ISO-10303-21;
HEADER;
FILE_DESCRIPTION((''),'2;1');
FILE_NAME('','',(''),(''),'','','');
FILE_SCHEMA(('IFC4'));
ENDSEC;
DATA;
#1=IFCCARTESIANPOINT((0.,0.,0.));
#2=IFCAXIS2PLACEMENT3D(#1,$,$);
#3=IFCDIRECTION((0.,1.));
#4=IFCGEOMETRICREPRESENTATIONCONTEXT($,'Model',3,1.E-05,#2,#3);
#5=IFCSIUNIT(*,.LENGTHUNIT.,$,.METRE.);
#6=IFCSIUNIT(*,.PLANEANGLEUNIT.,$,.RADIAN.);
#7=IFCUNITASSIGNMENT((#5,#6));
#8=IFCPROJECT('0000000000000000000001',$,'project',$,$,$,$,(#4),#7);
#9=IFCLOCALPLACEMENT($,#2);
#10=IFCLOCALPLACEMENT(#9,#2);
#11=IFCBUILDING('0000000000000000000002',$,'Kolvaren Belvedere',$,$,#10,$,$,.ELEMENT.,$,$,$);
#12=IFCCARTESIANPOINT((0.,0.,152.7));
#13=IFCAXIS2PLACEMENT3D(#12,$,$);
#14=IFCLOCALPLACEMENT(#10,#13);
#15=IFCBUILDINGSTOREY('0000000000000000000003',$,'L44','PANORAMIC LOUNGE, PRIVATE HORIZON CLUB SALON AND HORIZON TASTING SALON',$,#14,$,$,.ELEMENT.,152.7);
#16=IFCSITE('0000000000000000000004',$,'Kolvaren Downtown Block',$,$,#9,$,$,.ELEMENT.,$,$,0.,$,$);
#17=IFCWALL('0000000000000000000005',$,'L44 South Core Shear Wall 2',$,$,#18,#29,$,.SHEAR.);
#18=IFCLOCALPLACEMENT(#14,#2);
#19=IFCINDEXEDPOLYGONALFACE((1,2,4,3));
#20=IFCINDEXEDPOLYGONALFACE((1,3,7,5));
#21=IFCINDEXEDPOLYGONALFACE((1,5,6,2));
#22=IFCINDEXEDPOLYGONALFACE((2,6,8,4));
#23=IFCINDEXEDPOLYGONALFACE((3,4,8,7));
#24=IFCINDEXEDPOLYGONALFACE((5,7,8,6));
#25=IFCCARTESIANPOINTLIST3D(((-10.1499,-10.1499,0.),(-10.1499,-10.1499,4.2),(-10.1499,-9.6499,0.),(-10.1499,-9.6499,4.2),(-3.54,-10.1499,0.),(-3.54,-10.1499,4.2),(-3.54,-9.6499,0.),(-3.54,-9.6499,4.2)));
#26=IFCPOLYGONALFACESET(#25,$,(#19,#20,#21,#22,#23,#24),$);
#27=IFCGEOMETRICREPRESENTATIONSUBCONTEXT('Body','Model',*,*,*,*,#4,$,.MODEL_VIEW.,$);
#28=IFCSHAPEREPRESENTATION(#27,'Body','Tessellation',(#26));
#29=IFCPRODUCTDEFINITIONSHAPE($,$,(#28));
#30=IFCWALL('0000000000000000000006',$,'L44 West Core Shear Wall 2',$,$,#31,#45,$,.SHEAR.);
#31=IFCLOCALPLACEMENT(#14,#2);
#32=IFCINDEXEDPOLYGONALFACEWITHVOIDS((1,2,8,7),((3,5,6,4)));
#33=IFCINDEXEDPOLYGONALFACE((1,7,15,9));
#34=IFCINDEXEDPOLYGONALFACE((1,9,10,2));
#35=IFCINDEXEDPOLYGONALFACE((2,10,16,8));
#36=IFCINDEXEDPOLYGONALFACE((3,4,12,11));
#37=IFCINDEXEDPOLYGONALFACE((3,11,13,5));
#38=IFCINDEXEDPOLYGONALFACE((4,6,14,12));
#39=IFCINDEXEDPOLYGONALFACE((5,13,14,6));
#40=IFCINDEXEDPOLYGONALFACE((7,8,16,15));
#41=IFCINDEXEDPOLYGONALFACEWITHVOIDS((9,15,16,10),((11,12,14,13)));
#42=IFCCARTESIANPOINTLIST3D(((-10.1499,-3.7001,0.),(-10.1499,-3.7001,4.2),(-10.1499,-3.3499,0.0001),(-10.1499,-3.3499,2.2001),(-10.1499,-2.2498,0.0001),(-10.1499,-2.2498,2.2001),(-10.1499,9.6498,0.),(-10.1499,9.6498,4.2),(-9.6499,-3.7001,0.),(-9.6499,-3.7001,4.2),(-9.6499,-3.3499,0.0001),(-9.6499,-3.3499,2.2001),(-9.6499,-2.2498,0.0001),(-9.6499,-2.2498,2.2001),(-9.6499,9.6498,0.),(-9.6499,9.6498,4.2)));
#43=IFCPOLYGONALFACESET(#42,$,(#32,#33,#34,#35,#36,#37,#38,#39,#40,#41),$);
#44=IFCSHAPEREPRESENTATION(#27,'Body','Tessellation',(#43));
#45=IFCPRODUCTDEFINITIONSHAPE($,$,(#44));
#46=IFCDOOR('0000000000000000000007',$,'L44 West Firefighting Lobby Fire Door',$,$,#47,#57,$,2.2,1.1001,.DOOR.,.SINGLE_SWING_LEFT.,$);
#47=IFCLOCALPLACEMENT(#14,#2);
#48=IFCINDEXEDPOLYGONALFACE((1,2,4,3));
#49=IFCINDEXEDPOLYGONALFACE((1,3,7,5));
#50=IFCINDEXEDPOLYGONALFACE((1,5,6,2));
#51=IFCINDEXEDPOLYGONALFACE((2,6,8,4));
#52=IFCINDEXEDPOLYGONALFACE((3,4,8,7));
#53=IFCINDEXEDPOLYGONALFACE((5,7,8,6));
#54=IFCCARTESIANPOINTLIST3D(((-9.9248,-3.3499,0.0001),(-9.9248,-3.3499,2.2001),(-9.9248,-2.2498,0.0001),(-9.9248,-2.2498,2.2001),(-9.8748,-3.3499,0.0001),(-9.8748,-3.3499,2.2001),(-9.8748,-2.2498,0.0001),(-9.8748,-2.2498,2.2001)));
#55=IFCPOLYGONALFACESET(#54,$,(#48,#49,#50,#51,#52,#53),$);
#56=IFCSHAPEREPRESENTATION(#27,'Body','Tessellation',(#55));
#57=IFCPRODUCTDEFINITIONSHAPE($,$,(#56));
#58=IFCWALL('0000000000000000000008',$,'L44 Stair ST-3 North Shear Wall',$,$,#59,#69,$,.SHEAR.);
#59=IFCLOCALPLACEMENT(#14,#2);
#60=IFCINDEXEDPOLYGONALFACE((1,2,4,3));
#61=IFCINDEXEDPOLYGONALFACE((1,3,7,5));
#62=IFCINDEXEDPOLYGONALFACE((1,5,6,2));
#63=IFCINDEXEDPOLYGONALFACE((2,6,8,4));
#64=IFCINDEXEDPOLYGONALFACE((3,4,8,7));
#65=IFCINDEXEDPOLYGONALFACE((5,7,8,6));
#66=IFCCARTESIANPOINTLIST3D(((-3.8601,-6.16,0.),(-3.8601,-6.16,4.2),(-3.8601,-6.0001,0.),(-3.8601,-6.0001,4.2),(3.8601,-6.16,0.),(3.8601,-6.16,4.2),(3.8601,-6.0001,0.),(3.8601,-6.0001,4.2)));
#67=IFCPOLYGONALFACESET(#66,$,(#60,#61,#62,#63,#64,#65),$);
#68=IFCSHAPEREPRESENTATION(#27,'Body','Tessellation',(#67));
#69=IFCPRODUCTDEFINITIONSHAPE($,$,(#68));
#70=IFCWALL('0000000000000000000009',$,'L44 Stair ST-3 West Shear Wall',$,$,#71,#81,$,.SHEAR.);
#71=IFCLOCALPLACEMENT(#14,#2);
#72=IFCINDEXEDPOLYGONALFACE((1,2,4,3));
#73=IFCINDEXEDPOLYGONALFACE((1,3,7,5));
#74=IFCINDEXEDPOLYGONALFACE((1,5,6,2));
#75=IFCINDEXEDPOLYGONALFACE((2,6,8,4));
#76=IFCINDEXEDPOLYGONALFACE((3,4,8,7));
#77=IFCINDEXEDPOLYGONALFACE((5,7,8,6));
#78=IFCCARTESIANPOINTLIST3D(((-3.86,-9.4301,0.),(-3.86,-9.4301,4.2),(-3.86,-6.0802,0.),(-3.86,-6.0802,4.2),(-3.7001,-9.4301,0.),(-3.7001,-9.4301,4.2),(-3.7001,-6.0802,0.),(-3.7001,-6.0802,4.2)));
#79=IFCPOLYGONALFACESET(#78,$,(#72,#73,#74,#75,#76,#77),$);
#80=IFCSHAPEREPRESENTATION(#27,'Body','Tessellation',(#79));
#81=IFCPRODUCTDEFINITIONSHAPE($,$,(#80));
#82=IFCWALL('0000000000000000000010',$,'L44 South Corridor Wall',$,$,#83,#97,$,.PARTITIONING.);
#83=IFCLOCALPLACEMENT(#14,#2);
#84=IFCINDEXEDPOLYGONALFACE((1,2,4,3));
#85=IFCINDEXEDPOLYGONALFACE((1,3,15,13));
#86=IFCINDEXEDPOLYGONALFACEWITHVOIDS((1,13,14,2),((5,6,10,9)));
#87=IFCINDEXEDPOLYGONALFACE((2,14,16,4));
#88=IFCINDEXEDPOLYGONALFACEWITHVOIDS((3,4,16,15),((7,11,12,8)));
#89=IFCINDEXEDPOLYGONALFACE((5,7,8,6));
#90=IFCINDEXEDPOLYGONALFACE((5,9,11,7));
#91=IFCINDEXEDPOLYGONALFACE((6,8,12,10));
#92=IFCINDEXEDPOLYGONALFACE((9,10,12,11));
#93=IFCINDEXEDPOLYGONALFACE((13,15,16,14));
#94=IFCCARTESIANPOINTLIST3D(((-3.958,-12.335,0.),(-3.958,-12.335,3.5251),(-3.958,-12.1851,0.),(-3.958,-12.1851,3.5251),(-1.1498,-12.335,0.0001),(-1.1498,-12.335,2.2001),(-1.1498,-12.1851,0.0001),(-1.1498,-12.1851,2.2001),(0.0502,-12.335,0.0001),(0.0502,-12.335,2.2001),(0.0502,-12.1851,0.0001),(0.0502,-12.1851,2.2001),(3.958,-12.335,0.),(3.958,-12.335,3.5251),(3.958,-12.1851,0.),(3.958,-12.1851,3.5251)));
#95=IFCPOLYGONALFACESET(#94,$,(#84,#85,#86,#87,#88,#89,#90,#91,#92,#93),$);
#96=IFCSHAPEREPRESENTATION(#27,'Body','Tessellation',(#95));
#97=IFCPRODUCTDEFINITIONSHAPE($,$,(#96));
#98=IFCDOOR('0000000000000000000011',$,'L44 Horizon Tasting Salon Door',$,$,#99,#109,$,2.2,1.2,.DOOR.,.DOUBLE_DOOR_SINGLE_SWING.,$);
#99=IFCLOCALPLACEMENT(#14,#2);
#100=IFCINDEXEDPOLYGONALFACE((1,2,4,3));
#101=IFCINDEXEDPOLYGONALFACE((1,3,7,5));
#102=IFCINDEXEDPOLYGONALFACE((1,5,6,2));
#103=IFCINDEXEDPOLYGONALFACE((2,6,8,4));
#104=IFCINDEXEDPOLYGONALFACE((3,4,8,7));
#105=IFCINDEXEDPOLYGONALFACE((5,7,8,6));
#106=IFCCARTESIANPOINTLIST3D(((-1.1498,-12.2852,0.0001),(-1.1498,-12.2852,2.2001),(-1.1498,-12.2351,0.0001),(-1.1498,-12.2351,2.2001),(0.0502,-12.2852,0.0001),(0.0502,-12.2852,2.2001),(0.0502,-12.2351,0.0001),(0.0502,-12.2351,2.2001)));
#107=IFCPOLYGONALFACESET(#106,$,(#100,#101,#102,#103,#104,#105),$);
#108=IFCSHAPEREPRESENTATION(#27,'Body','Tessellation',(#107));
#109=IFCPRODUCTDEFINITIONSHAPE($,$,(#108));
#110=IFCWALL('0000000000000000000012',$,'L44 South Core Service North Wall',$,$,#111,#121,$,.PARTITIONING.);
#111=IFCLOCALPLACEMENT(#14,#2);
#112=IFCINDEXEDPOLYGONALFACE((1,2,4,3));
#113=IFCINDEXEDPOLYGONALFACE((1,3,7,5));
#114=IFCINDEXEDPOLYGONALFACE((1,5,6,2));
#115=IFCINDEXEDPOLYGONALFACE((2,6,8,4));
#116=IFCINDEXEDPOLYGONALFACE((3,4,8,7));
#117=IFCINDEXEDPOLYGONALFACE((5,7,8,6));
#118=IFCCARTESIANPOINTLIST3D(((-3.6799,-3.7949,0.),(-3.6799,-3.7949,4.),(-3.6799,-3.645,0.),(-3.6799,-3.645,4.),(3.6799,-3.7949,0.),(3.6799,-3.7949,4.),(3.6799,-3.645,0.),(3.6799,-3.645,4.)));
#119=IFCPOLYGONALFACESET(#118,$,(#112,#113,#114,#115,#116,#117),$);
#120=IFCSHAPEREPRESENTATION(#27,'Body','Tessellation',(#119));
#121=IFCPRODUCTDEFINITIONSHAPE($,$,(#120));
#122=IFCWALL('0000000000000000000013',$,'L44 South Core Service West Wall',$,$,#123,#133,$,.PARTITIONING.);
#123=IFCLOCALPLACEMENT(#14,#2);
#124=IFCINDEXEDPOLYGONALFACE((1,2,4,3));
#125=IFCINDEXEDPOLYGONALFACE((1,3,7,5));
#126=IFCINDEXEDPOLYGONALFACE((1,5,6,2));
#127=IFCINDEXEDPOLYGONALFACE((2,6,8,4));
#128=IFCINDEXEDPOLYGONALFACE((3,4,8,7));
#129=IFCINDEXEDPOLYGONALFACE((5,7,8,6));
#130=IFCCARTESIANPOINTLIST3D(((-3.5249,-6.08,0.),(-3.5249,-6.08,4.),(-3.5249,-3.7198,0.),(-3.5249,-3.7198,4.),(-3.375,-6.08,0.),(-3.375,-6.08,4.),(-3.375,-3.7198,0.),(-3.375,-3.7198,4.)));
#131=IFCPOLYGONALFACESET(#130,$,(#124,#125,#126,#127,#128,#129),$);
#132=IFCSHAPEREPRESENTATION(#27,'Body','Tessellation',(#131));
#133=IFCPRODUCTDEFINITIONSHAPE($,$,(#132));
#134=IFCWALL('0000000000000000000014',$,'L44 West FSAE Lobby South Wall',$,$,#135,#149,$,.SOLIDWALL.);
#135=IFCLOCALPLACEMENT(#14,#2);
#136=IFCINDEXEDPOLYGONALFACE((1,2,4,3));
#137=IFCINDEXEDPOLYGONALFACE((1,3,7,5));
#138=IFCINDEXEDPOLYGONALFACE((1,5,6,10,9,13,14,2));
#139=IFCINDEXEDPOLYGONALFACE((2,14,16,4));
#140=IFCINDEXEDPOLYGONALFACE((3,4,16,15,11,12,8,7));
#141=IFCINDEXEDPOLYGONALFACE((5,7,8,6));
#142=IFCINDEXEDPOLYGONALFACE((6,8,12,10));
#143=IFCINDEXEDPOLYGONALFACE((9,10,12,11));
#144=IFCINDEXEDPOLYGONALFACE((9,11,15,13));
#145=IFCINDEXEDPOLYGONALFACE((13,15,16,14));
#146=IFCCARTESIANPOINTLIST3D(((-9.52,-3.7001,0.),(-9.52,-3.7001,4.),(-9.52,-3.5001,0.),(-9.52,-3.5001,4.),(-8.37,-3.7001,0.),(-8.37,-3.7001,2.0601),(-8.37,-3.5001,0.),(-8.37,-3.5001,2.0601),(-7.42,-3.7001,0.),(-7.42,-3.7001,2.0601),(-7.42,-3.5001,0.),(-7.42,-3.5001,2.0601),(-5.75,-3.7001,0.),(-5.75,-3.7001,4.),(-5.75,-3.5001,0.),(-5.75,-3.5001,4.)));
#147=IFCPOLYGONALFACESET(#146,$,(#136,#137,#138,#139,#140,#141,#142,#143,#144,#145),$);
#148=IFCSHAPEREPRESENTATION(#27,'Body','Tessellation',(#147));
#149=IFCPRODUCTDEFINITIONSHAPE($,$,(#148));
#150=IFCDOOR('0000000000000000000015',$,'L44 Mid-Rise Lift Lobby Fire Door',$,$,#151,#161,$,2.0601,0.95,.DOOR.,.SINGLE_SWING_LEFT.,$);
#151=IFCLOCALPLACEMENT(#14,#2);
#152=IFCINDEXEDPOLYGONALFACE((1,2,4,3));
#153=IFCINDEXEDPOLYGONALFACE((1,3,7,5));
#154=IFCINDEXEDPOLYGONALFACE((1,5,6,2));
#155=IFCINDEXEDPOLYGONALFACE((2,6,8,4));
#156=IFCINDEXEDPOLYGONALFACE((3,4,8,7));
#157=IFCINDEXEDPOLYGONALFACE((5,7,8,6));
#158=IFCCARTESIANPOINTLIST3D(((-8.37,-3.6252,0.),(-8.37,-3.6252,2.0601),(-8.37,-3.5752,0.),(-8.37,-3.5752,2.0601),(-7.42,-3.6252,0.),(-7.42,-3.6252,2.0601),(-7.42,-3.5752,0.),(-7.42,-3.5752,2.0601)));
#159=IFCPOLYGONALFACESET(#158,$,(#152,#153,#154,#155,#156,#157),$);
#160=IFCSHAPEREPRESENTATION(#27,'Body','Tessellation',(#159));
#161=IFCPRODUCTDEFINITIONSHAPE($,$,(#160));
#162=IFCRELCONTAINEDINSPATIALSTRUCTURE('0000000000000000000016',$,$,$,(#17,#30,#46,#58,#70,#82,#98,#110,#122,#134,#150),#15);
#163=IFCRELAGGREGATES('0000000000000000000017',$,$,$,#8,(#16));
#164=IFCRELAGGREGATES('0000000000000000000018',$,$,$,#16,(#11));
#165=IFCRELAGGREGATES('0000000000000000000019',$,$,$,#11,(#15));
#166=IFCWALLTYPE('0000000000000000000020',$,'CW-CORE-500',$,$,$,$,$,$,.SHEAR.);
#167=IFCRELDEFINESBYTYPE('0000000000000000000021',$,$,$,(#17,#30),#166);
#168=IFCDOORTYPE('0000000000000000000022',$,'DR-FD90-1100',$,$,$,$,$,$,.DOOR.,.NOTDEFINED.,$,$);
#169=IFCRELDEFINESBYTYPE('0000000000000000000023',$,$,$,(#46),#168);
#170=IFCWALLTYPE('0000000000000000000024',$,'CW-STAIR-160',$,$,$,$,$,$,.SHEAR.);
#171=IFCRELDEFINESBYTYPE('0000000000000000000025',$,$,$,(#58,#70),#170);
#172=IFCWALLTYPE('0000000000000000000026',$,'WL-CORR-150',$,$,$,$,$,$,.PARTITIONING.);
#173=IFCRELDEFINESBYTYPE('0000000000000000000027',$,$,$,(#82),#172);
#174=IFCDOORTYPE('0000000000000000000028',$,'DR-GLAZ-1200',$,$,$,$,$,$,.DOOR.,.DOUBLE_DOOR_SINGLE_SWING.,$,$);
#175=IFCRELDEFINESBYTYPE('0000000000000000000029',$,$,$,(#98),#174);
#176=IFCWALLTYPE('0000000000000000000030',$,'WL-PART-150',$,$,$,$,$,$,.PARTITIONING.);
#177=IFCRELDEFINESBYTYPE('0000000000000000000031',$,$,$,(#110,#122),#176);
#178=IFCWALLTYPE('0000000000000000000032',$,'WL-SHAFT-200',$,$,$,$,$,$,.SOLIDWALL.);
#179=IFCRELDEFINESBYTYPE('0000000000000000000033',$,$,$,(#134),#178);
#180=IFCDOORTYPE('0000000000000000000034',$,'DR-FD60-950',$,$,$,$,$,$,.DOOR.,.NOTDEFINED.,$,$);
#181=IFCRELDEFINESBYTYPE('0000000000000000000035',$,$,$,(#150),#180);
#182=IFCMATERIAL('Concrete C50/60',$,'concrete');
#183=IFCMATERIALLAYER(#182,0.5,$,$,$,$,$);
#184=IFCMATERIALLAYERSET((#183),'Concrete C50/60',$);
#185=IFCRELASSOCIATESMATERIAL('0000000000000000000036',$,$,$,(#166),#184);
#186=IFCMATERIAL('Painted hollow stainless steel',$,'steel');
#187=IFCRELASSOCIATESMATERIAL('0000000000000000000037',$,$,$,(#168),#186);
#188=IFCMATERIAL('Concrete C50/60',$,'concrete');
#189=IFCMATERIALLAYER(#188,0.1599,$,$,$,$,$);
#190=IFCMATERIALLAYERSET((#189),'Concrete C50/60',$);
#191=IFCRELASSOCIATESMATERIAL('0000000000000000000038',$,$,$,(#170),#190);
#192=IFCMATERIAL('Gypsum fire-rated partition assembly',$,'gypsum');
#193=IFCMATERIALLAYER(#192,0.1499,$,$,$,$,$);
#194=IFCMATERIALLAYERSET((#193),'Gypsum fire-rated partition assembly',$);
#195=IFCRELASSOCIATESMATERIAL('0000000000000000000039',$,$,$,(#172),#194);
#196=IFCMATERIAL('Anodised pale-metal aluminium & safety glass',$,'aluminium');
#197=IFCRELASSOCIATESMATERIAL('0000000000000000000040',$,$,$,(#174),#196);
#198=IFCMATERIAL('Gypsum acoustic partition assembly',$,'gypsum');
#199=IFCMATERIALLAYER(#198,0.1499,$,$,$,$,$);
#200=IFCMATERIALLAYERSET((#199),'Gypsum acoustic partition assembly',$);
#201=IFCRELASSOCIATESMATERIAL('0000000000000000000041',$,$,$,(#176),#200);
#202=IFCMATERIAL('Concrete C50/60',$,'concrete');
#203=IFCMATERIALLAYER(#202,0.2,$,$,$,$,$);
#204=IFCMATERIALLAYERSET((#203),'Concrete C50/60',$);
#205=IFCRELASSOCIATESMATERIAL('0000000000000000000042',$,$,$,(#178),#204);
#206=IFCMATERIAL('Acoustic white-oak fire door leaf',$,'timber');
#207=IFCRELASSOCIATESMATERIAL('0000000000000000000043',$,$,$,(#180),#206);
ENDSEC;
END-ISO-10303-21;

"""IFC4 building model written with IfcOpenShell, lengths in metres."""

from ifc_helpers import new_model, si_unit, direction, frame, frame_2d, origin, place, context, subcontext, project, spatial, rectangle, extrude, material, layer, layer_set, type_object, element, fill, save


model = new_model("IFC4")

# Units and contexts
model_context = context("Model", 3, precision=1e-05, world=origin(), true_north=direction((0.0, 1.0)))
body_context = subcontext(model_context, "Body", "Model", "MODEL_VIEW")
ifc_project = project(units=[si_unit("LENGTHUNIT", "METRE"), si_unit("PLANEANGLEUNIT", "RADIAN")], contexts=[model_context])

# Site, building, storey
site_placement = place(None, origin())
site = spatial("IfcSite", under=ifc_project, at=site_placement, Name="Kolvaren Downtown Block", CompositionType="ELEMENT", RefElevation=0.0)
building_placement = place(site_placement, origin())
building = spatial("IfcBuilding", under=site, at=building_placement, Name="Kolvaren Belvedere", CompositionType="ELEMENT")
storey_placement = place(building_placement, frame((0.0, 0.0, 152.7)))
storey = spatial("IfcBuildingStorey", under=building, at=storey_placement, Name="L44", Description="PANORAMIC LOUNGE, PRIVATE HORIZON CLUB SALON AND HORIZON TASTING SALON", CompositionType="ELEMENT", Elevation=152.7)

# Wall
ifc_material_1 = material(Name="Concrete C50/60", Category="concrete")
ifc_layer_1 = layer(ifc_material_1, 0.5)
ifc_layer_set_1 = layer_set([ifc_layer_1], Name="Concrete C50/60")
wall_type_1 = type_object("IfcWallType", Name="CW-CORE-500", PredefinedType="SHEAR", material=ifc_layer_set_1)
wall_1_placement = place(storey_placement, frame((-3.54, -9.8999, 0.0), z_axis=(0.0, 0.0, 1.0), x_axis=(-1.0, 0.0, 0.0)))
element("IfcWall", 1, at=wall_1_placement, inside=storey, type_object=wall_type_1, Name="L44 South Core Shear Wall 2", PredefinedType="SHEAR", context=body_context, shape_type="SweptSolid", body=[
    extrude(rectangle(XDim=6.6099, YDim=0.5, at=frame_2d((3.3049, 0.0))), origin(), (0.0, 0.0, 1.0), 4.2),
])

# Wall, opening, door
wall_2_placement = place(storey_placement, frame((-9.8999, -3.7, 0.0), z_axis=(0.0, 0.0, 1.0), x_axis=(0.0, 1.0, 0.0)))
wall_2 = element("IfcWall", 2, at=wall_2_placement, inside=storey, type_object=wall_type_1, Name="L44 West Core Shear Wall 2", PredefinedType="SHEAR", context=body_context, shape_type="SweptSolid", body=[
    extrude(rectangle(XDim=13.3499, YDim=0.5, at=frame_2d((6.6748, 0.0))), origin(), (0.0, 0.0, 1.0), 4.2),
])
opening_1_placement = place(wall_2_placement, frame((0.3501, 0.0, 0.0)))
opening_1 = element("IfcOpeningElement", 3, at=opening_1_placement, cuts=wall_2, PredefinedType="OPENING", context=body_context, shape_type="SweptSolid", body=[
    extrude(rectangle(XDim=1.1001, YDim=2.2, at=frame_2d((0.55, 1.1001))), frame((0.0, 0.26, 0.0), z_axis=(0.0, -1.0, 0.0), x_axis=(1.0, 0.0, 0.0)), (0.0, 0.0, 1.0), 0.52),
])
ifc_material_2 = material(Name="Painted hollow stainless steel", Category="steel")
door_type_1 = type_object("IfcDoorType", Name="DR-FD90-1100", OperationType="NOTDEFINED", PredefinedType="DOOR", material=ifc_material_2)
door_1_placement = place(opening_1_placement, origin())
door_1 = element("IfcDoor", 4, at=door_1_placement, inside=storey, type_object=door_type_1, Name="L44 West Firefighting Lobby Fire Door", OperationType="SINGLE_SWING_LEFT", OverallHeight=2.2, OverallWidth=1.1001, PredefinedType="DOOR", context=body_context, shape_type="SweptSolid", body=[
    extrude(rectangle(XDim=1.1001, YDim=2.2, at=frame_2d((0.55, 1.1001))), frame((0.0, 0.0249, 0.0), z_axis=(0.0, -1.0, 0.0), x_axis=(1.0, 0.0, 0.0)), (0.0, 0.0, 1.0), 0.05),
])
fill(opening_1, door_1)

# Walls
ifc_material_3 = material(Name="Concrete C50/60", Category="concrete")
ifc_layer_2 = layer(ifc_material_3, 0.1599)
ifc_layer_set_2 = layer_set([ifc_layer_2], Name="Concrete C50/60")
wall_type_2 = type_object("IfcWallType", Name="CW-STAIR-160", PredefinedType="SHEAR", material=ifc_layer_set_2)
wall_3_placement = place(storey_placement, frame((-3.8601, -6.0801, 0.0), z_axis=(0.0, 0.0, 1.0), x_axis=(1.0, 0.0, 0.0)))
element("IfcWall", 5, at=wall_3_placement, inside=storey, type_object=wall_type_2, Name="L44 Stair ST-3 North Shear Wall", PredefinedType="SHEAR", context=body_context, shape_type="SweptSolid", body=[
    extrude(rectangle(XDim=7.7202, YDim=0.1599, at=frame_2d((3.8601, 0.0))), origin(), (0.0, 0.0, 1.0), 4.2),
])
wall_4_placement = place(storey_placement, frame((-3.78, -9.4299, 0.0), z_axis=(0.0, 0.0, 1.0), x_axis=(0.0, 1.0, 0.0)))
element("IfcWall", 6, at=wall_4_placement, inside=storey, type_object=wall_type_2, Name="L44 Stair ST-3 West Shear Wall", PredefinedType="SHEAR", context=body_context, shape_type="SweptSolid", body=[
    extrude(rectangle(XDim=3.3499, YDim=0.1599, at=frame_2d((1.6748, 0.0))), origin(), (0.0, 0.0, 1.0), 4.2),
])

# Wall, opening, door
ifc_material_4 = material(Name="Gypsum fire-rated partition assembly", Category="gypsum")
ifc_layer_3 = layer(ifc_material_4, 0.1499)
ifc_layer_set_3 = layer_set([ifc_layer_3], Name="Gypsum fire-rated partition assembly")
wall_type_3 = type_object("IfcWallType", Name="WL-CORR-150", PredefinedType="PARTITIONING", material=ifc_layer_set_3)
wall_5_placement = place(storey_placement, frame((-3.958, -12.26, 0.0), z_axis=(0.0, 0.0, 1.0), x_axis=(1.0, 0.0, 0.0)))
wall_5 = element("IfcWall", 7, at=wall_5_placement, inside=storey, type_object=wall_type_3, Name="L44 South Corridor Wall", PredefinedType="PARTITIONING", context=body_context, shape_type="SweptSolid", body=[
    extrude(rectangle(XDim=7.916, YDim=0.1499, at=frame_2d((3.958, 0.0))), origin(), (0.0, 0.0, 1.0), 3.5251),
])
opening_2_placement = place(wall_5_placement, frame((2.8081, 0.0, 0.0)))
opening_2 = element("IfcOpeningElement", 8, at=opening_2_placement, cuts=wall_5, PredefinedType="OPENING", context=body_context, shape_type="SweptSolid", body=[
    extrude(rectangle(XDim=1.2, YDim=2.2, at=frame_2d((0.6001, 1.1001))), frame((0.0, 0.085, 0.0), z_axis=(0.0, -1.0, 0.0), x_axis=(1.0, 0.0, 0.0)), (0.0, 0.0, 1.0), 0.1699),
])
ifc_material_5 = material(Name="Anodised pale-metal aluminium & safety glass", Category="aluminium")
door_type_2 = type_object("IfcDoorType", Name="DR-GLAZ-1200", OperationType="DOUBLE_DOOR_SINGLE_SWING", PredefinedType="DOOR", material=ifc_material_5)
door_2_placement = place(opening_2_placement, origin())
door_2 = element("IfcDoor", 9, at=door_2_placement, inside=storey, type_object=door_type_2, Name="L44 Horizon Tasting Salon Door", OperationType="DOUBLE_DOOR_SINGLE_SWING", OverallHeight=2.2, OverallWidth=1.2, PredefinedType="DOOR", context=body_context, shape_type="SweptSolid", body=[
    extrude(rectangle(XDim=1.2, YDim=2.2, at=frame_2d((0.6001, 1.1001))), frame((0.0, 0.0249, 0.0), z_axis=(0.0, -1.0, 0.0), x_axis=(1.0, 0.0, 0.0)), (0.0, 0.0, 1.0), 0.05),
])
fill(opening_2, door_2)

# Walls
ifc_material_6 = material(Name="Gypsum acoustic partition assembly", Category="gypsum")
ifc_layer_4 = layer(ifc_material_6, 0.1499)
ifc_layer_set_4 = layer_set([ifc_layer_4], Name="Gypsum acoustic partition assembly")
wall_type_4 = type_object("IfcWallType", Name="WL-PART-150", PredefinedType="PARTITIONING", material=ifc_layer_set_4)
wall_6_placement = place(storey_placement, frame((-3.6799, -3.72, 0.0), z_axis=(0.0, 0.0, 1.0), x_axis=(1.0, 0.0, 0.0)))
element("IfcWall", 10, at=wall_6_placement, inside=storey, type_object=wall_type_4, Name="L44 South Core Service North Wall", PredefinedType="PARTITIONING", context=body_context, shape_type="SweptSolid", body=[
    extrude(rectangle(XDim=7.3599, YDim=0.1499, at=frame_2d((3.6799, 0.0))), origin(), (0.0, 0.0, 1.0), 4.0),
])
wall_7_placement = place(storey_placement, frame((-3.45, -6.0801, 0.0), z_axis=(0.0, 0.0, 1.0), x_axis=(0.0, 1.0, 0.0)))
element("IfcWall", 11, at=wall_7_placement, inside=storey, type_object=wall_type_4, Name="L44 South Core Service West Wall", PredefinedType="PARTITIONING", context=body_context, shape_type="SweptSolid", body=[
    extrude(rectangle(XDim=2.3601, YDim=0.1499, at=frame_2d((1.1802, 0.0))), origin(), (0.0, 0.0, 1.0), 4.0),
])

# Wall, opening, door
ifc_material_7 = material(Name="Concrete C50/60", Category="concrete")
ifc_layer_5 = layer(ifc_material_7, 0.2)
ifc_layer_set_5 = layer_set([ifc_layer_5], Name="Concrete C50/60")
wall_type_5 = type_object("IfcWallType", Name="WL-SHAFT-200", PredefinedType="SOLIDWALL", material=ifc_layer_set_5)
wall_8_placement = place(storey_placement, frame((-9.52, -3.6001, 0.0), z_axis=(0.0, 0.0, 1.0), x_axis=(1.0, 0.0, 0.0)))
wall_8 = element("IfcWall", 12, at=wall_8_placement, inside=storey, type_object=wall_type_5, Name="L44 West FSAE Lobby South Wall", PredefinedType="SOLIDWALL", context=body_context, shape_type="SweptSolid", body=[
    extrude(rectangle(XDim=3.77, YDim=0.2, at=frame_2d((1.885, 0.0))), origin(), (0.0, 0.0, 1.0), 4.0),
])
opening_3_placement = place(wall_8_placement, frame((1.1499, 0.0, 0.0)))
opening_3 = element("IfcOpeningElement", 13, at=opening_3_placement, cuts=wall_8, PredefinedType="OPENING", context=body_context, shape_type="SweptSolid", body=[
    extrude(rectangle(XDim=0.95, YDim=2.0601, at=frame_2d((0.4751, 1.03))), frame((0.0, 0.1099, 0.0), z_axis=(0.0, -1.0, 0.0), x_axis=(1.0, 0.0, 0.0)), (0.0, 0.0, 1.0), 0.22),
])
ifc_material_8 = material(Name="Acoustic white-oak fire door leaf", Category="timber")
door_type_3 = type_object("IfcDoorType", Name="DR-FD60-950", OperationType="NOTDEFINED", PredefinedType="DOOR", material=ifc_material_8)
door_3_placement = place(opening_3_placement, origin())
door_3 = element("IfcDoor", 14, at=door_3_placement, inside=storey, type_object=door_type_3, Name="L44 Mid-Rise Lift Lobby Fire Door", OperationType="SINGLE_SWING_LEFT", OverallHeight=2.0601, OverallWidth=0.95, PredefinedType="DOOR", context=body_context, shape_type="SweptSolid", body=[
    extrude(rectangle(XDim=0.95, YDim=2.0601, at=frame_2d((0.4751, 1.03))), frame((0.0, 0.0249, 0.0), z_axis=(0.0, -1.0, 0.0), x_axis=(1.0, 0.0, 0.0)), (0.0, 0.0, 1.0), 0.05),
])
fill(opening_3, door_3)

save(model, "model.ifc")
